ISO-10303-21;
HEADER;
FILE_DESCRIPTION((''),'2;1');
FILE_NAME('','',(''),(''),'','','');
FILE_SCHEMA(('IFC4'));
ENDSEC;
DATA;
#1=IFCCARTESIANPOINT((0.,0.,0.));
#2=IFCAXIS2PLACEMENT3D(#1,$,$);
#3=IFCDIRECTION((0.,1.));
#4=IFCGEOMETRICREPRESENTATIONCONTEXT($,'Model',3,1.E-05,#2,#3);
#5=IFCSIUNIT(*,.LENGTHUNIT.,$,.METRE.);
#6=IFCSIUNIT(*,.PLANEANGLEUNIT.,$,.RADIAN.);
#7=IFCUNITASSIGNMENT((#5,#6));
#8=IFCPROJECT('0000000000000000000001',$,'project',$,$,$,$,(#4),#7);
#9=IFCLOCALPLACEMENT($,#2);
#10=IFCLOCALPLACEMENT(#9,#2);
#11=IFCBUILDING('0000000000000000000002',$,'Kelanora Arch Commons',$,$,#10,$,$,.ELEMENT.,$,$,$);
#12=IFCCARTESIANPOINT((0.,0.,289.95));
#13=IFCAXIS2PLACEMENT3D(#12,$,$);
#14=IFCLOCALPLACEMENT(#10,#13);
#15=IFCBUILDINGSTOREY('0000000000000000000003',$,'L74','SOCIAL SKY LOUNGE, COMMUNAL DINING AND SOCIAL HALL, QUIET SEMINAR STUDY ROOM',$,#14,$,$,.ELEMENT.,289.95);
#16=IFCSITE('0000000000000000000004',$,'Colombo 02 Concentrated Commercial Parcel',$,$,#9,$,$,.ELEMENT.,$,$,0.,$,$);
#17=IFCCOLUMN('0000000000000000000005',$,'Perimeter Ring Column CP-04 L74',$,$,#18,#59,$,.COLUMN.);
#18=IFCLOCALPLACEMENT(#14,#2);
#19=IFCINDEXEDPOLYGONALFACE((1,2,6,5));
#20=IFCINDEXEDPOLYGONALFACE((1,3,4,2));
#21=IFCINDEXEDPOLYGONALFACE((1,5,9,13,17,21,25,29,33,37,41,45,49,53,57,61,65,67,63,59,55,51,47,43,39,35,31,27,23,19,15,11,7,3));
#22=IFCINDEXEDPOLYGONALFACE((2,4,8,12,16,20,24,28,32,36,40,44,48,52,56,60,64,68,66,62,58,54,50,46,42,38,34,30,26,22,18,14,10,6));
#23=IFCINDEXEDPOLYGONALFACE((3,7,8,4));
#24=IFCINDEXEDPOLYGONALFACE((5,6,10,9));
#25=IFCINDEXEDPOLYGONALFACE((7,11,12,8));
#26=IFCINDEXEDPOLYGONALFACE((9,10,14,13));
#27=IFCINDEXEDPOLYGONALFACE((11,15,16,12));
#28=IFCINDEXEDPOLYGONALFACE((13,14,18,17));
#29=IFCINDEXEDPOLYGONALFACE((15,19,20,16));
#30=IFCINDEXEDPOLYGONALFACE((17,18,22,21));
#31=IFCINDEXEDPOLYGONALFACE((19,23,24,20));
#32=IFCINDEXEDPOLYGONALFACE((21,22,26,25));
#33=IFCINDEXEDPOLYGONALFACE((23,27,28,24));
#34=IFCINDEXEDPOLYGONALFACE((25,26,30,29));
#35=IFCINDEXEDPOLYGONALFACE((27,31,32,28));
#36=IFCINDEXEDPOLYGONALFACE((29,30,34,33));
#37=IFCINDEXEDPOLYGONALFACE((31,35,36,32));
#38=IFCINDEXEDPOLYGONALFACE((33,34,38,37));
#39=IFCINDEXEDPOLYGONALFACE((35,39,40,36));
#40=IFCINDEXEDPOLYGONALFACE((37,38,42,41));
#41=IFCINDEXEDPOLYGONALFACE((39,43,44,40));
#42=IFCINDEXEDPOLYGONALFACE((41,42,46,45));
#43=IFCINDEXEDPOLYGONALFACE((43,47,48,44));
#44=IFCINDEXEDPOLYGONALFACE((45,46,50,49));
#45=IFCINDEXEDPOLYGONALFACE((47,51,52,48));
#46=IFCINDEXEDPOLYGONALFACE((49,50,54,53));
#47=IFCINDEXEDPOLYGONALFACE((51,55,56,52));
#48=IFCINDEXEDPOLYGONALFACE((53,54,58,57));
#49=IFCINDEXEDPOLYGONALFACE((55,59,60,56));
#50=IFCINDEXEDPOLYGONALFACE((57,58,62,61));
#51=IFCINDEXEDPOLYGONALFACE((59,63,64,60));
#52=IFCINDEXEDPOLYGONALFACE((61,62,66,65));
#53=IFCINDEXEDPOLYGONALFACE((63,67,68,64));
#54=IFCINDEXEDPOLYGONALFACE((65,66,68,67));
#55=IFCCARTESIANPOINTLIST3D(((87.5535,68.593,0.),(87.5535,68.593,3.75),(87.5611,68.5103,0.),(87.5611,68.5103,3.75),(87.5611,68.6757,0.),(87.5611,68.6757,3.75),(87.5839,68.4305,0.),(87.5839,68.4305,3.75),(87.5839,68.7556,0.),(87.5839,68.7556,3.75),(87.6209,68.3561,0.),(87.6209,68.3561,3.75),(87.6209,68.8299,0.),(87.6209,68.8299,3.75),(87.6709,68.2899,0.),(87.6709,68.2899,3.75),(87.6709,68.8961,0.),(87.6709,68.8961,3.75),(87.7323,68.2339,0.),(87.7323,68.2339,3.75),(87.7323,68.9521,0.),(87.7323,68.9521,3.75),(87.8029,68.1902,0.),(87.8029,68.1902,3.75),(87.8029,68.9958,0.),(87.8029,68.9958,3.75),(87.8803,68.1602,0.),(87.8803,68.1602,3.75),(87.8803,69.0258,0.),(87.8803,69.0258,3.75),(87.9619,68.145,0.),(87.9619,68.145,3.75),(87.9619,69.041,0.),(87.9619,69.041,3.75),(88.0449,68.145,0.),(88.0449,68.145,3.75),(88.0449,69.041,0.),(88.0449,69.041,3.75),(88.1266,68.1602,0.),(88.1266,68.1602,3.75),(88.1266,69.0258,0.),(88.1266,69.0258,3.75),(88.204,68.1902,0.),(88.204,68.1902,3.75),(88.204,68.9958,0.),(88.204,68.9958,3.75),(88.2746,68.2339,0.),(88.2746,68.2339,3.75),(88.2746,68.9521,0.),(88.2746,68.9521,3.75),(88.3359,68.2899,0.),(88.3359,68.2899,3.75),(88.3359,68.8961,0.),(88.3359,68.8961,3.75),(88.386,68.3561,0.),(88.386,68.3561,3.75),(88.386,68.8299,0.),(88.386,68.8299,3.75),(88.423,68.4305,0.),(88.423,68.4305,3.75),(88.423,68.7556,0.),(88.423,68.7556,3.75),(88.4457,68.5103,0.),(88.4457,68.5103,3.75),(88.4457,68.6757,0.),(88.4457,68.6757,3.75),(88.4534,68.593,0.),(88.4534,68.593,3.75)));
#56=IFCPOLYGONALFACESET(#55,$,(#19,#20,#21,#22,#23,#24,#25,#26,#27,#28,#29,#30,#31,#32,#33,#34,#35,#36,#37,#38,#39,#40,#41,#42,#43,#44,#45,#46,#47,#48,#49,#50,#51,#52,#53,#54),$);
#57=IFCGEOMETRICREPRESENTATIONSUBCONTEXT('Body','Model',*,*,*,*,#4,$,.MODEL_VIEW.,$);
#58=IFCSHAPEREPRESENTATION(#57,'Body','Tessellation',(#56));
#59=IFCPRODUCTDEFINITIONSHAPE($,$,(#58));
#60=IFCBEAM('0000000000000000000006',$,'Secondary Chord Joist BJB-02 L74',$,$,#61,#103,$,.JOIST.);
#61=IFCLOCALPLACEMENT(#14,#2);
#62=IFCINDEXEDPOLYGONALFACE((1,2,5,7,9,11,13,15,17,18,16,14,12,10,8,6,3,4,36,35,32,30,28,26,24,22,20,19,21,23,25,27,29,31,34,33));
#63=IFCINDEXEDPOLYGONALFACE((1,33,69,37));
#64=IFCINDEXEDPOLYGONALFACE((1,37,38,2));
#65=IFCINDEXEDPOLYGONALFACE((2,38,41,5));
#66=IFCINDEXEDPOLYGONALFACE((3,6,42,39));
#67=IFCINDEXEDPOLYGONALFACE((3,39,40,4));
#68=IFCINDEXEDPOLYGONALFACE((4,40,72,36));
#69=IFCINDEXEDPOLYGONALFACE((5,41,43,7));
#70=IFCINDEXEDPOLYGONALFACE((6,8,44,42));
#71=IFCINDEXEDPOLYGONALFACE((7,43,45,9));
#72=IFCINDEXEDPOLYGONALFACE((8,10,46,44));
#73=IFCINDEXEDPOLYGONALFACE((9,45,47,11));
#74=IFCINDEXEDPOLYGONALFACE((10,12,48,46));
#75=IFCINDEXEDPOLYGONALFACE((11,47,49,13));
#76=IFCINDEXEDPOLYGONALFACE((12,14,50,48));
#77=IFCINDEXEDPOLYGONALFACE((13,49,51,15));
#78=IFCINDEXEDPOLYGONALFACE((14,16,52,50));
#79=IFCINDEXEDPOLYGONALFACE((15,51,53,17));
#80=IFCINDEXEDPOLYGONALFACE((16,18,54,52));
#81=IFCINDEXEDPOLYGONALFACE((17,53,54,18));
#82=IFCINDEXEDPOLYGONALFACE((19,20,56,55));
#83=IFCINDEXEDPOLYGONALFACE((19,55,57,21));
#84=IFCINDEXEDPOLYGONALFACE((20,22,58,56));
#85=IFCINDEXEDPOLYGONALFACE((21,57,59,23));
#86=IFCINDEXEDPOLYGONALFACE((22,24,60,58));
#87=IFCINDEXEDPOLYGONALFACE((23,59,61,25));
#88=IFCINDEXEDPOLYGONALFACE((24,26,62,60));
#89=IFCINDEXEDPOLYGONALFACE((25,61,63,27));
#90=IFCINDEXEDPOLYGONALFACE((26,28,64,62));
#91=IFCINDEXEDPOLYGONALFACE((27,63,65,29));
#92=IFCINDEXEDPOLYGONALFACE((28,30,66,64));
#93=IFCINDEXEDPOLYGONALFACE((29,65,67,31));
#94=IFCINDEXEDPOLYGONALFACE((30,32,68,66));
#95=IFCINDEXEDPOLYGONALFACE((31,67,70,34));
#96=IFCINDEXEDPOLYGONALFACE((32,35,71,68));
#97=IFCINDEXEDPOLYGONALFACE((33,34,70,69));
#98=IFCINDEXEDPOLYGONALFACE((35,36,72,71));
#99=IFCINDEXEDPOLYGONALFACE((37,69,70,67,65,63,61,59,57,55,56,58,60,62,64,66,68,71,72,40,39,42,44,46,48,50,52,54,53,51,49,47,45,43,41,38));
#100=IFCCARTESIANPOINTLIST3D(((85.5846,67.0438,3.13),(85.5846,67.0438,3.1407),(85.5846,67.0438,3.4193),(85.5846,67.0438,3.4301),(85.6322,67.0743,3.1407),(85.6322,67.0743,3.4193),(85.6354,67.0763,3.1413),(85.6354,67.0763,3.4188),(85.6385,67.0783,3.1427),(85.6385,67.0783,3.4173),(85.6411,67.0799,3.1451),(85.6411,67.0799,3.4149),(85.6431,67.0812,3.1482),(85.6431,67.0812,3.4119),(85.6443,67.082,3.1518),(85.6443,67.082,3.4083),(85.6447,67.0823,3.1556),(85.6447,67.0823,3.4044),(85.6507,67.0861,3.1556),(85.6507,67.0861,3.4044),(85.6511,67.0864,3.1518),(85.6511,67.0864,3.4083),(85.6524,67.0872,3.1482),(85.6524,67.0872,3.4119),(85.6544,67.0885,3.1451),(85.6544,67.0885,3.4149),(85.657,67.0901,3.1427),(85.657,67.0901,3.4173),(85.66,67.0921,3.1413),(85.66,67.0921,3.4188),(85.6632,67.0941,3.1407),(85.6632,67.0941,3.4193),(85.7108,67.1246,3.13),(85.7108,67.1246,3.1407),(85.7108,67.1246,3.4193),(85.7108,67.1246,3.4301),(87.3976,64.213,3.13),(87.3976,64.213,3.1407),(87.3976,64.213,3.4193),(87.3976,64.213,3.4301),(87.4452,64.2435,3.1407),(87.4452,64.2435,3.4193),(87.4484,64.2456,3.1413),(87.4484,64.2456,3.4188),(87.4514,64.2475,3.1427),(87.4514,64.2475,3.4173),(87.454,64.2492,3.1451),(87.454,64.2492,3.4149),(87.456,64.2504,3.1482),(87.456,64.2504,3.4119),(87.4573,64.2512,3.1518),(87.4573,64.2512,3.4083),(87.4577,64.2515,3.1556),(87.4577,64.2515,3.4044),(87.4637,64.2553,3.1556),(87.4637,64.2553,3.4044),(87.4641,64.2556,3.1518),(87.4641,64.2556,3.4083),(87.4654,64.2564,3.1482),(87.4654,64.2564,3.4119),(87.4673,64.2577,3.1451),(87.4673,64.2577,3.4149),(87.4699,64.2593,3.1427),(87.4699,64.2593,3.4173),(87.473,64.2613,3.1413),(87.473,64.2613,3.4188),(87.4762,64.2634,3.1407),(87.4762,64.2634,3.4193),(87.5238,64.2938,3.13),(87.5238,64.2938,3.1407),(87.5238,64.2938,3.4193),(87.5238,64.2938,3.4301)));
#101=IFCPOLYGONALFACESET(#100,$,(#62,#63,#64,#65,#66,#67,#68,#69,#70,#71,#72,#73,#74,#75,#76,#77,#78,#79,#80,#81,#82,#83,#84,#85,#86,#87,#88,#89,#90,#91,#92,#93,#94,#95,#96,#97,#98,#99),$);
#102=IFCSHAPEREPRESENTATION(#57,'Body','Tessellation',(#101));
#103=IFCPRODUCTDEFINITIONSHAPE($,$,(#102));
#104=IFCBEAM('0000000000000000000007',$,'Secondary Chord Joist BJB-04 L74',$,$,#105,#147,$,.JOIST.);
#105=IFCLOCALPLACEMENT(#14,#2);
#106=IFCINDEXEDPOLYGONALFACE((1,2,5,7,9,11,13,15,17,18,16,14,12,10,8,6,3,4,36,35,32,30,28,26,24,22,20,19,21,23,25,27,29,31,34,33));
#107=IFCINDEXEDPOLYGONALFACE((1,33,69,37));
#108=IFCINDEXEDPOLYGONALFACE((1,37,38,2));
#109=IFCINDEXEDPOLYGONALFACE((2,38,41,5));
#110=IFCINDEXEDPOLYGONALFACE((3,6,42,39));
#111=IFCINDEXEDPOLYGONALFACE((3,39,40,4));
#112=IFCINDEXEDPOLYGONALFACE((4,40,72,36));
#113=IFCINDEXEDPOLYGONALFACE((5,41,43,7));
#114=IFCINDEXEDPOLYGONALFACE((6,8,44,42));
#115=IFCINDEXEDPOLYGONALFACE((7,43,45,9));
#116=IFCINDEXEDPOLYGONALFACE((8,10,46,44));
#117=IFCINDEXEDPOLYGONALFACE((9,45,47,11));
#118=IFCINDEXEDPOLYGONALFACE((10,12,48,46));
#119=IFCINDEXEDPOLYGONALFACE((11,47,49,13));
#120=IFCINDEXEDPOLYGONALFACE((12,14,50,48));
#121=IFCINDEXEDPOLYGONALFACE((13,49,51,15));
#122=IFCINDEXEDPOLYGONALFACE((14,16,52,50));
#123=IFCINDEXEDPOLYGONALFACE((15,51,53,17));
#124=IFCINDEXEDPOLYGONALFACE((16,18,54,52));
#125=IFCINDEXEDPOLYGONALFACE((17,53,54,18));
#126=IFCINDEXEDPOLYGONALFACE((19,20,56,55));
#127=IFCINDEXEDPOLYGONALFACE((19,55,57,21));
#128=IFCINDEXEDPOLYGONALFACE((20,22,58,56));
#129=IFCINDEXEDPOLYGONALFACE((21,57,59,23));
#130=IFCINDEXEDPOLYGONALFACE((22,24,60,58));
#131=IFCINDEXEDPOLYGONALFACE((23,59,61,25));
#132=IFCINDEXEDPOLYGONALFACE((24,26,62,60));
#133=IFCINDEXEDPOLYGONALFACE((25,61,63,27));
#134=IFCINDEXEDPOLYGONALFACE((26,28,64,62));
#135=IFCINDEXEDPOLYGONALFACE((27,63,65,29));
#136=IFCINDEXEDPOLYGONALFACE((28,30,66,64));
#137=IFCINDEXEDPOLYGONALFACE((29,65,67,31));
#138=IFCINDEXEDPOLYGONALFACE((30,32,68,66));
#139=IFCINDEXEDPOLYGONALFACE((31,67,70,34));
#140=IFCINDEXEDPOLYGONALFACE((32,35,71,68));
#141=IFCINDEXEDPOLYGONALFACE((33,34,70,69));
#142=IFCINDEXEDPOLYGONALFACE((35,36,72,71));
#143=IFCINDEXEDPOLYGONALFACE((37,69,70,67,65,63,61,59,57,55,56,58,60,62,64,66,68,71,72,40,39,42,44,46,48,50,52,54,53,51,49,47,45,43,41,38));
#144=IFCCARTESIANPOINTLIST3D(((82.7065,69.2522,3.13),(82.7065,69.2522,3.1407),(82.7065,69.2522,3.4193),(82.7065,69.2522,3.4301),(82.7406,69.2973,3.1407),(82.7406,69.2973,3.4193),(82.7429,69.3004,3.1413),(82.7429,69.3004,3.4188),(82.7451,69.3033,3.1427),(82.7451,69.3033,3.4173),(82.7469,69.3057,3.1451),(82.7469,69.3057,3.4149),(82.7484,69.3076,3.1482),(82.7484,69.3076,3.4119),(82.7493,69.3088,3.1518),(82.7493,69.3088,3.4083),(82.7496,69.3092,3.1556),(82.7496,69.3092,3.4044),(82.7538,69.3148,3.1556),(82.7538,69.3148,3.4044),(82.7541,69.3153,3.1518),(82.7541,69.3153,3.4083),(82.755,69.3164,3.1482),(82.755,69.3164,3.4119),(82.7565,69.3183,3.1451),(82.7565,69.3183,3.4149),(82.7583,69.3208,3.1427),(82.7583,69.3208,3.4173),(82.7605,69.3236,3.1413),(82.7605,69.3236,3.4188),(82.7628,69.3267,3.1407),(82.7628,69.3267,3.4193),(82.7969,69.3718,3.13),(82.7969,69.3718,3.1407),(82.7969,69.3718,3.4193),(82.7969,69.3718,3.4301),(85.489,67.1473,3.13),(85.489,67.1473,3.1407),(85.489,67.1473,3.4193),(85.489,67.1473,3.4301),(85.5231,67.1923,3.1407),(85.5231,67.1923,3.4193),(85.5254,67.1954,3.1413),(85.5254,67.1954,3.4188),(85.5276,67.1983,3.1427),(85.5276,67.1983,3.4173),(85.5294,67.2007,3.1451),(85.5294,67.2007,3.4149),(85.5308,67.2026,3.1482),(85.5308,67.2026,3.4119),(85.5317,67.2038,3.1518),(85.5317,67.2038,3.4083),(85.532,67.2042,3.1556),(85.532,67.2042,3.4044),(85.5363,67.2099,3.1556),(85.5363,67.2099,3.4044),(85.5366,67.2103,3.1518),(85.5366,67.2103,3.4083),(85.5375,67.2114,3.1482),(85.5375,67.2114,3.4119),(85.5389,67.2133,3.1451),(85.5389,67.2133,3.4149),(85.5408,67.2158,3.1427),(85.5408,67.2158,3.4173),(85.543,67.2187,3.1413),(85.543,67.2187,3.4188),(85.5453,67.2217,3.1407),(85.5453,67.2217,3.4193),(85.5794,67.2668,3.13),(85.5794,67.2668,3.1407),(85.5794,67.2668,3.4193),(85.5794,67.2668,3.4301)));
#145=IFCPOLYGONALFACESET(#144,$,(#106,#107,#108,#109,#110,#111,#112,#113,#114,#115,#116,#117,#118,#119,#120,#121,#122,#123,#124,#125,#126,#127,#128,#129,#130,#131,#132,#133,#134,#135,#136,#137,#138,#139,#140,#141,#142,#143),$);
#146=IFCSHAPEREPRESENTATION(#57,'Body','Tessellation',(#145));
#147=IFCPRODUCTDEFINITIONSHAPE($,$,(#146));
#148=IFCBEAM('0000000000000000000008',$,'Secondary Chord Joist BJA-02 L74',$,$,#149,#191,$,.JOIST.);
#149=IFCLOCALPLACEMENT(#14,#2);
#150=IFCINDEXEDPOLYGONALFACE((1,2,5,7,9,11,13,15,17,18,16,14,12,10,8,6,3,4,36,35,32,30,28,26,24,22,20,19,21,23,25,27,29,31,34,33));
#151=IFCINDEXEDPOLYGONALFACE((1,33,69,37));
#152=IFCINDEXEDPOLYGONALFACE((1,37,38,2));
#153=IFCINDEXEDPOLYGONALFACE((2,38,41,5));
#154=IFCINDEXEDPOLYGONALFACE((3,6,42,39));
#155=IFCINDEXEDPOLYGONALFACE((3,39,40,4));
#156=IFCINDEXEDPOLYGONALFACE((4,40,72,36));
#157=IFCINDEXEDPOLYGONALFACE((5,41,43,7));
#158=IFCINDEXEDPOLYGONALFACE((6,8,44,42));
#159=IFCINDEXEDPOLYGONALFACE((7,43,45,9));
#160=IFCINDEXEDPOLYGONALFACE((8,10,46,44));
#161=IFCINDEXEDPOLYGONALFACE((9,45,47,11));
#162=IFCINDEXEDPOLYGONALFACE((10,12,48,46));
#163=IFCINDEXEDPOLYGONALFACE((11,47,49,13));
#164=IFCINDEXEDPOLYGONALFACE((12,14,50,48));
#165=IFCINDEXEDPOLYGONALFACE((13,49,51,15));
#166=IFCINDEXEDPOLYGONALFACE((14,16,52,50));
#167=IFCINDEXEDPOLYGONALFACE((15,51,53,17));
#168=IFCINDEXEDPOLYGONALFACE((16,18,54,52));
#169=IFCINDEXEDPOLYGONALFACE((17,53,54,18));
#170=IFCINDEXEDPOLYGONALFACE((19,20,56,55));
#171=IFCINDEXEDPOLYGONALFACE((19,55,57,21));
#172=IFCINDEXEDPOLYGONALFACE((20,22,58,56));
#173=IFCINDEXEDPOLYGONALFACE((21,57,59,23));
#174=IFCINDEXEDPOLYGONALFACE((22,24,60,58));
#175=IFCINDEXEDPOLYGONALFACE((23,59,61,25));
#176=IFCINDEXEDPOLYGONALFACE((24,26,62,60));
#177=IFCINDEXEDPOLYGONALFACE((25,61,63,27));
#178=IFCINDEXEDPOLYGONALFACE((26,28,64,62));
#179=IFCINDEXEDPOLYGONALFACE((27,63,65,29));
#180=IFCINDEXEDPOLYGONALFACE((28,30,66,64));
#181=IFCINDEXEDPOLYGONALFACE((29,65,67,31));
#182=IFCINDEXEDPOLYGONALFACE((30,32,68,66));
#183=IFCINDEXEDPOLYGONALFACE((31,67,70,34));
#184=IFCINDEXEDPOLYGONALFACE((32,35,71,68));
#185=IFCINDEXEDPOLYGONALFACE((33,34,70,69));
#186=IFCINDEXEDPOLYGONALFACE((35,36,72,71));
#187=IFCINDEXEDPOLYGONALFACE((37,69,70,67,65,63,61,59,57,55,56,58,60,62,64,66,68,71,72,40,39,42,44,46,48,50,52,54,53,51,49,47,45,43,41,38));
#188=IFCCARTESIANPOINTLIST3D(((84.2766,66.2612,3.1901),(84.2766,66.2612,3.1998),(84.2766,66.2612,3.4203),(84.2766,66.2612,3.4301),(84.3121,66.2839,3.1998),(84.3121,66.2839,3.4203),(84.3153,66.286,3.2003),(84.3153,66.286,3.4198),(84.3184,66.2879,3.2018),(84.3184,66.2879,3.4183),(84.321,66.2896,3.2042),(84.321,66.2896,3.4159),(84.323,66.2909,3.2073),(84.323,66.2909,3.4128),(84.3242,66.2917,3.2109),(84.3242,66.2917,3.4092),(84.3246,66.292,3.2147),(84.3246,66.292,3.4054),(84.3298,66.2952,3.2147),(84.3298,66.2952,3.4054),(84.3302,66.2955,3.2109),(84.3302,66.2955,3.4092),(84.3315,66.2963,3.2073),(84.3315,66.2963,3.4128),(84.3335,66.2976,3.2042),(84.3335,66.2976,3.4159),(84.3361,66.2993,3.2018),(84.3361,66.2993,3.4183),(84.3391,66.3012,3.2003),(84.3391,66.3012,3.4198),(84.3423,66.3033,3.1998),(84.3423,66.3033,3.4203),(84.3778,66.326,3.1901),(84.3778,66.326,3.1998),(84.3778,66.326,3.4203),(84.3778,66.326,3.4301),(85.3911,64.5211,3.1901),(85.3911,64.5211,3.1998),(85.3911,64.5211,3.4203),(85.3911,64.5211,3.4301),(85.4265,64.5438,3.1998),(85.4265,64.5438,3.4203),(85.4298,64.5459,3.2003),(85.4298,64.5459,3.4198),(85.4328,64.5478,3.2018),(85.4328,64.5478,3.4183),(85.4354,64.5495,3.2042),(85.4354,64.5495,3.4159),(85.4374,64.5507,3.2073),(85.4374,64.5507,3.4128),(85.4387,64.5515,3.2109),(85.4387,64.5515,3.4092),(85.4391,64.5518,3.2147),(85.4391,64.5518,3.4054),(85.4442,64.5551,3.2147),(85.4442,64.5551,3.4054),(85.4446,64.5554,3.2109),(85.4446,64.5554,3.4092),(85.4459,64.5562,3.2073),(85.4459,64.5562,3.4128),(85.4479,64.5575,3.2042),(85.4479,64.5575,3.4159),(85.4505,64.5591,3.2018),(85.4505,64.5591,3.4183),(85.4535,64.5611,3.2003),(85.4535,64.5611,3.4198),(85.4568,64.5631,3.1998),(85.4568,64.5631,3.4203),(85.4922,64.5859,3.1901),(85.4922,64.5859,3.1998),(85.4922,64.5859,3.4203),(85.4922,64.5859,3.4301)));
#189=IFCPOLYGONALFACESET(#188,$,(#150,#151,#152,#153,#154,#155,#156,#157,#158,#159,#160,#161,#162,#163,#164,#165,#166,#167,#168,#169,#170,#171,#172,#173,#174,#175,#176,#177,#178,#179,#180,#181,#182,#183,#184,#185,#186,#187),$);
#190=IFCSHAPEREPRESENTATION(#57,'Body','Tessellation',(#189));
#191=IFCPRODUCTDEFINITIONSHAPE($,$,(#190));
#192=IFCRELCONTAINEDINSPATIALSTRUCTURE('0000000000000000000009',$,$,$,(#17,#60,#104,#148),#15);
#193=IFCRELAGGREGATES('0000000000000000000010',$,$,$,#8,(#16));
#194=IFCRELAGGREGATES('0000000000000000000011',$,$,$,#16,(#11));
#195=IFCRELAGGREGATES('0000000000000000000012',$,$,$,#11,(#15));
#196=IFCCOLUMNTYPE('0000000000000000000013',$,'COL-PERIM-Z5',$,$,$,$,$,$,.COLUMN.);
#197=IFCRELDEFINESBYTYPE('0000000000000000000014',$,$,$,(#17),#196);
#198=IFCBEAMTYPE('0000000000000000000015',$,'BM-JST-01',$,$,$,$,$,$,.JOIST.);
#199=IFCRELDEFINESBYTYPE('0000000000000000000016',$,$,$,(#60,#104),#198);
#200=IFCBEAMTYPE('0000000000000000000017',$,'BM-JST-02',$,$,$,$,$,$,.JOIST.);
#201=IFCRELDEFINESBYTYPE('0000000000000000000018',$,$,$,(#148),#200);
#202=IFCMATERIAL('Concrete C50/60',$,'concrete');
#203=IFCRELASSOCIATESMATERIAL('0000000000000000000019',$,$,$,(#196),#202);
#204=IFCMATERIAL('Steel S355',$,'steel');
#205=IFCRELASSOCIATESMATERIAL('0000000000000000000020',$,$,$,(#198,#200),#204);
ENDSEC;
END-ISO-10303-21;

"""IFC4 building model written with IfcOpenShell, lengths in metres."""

from ifc_helpers import new_model, si_unit, direction, frame, origin, origin_2d, place, context, subcontext, project, spatial, circle, i_section, extrude, material, material_profile, profile_set, type_object, element, save


model = new_model("IFC4")

# Units and contexts
model_context = context("Model", 3, precision=1e-05, world=origin(), true_north=direction((0.0, 1.0)))
body_context = subcontext(model_context, "Body", "Model", "MODEL_VIEW")
ifc_project = project(units=[si_unit("LENGTHUNIT", "METRE"), si_unit("PLANEANGLEUNIT", "RADIAN")], contexts=[model_context])

# Site, building, storey
site_placement = place(None, origin())
site = spatial("IfcSite", under=ifc_project, at=site_placement, Name="Colombo 02 Concentrated Commercial Parcel", CompositionType="ELEMENT", RefElevation=0.0)
building_placement = place(site_placement, origin())
building = spatial("IfcBuilding", under=site, at=building_placement, Name="Kelanora Arch Commons", CompositionType="ELEMENT")
storey_placement = place(building_placement, frame((0.0, 0.0, 289.95)))
storey = spatial("IfcBuildingStorey", under=building, at=storey_placement, Name="L74", Description="SOCIAL SKY LOUNGE, COMMUNAL DINING AND SOCIAL HALL, QUIET SEMINAR STUDY ROOM", CompositionType="ELEMENT", Elevation=289.95)

# Column
ifc_material_1 = material(Name="Concrete C50/60", Category="concrete")
ifc_material_profile_1 = material_profile(ifc_material_1, circle(Radius=0.45, at=origin_2d()), Name="RCC900")
ifc_profile_set_1 = profile_set([ifc_material_profile_1], Name="Concrete C50/60")
column_type = type_object("IfcColumnType", Name="COL-PERIM-Z5", PredefinedType="COLUMN", material=ifc_profile_set_1)
column_placement = place(storey_placement, frame((88.0034, 68.593, 0.0), z_axis=(0.0, 0.0, 1.0), x_axis=(1.0, 0.0, 0.0)))
element("IfcColumn", 1, at=column_placement, inside=storey, type_object=column_type, Name="Perimeter Ring Column CP-04 L74", PredefinedType="COLUMN", context=body_context, shape_type="SweptSolid", body=[
    extrude(circle(Radius=0.45, at=origin_2d()), origin(), (0.0, 0.0, 1.0), 3.75),
])

# Beams
ifc_material_2 = material(Name="Steel S355", Category="steel")
ifc_material_profile_2 = material_profile(ifc_material_2, i_section(OverallWidth=0.1499, OverallDepth=0.3, WebThickness=0.0071, FlangeThickness=0.0107, FilletRadius=0.0149, at=origin_2d()), Name="IPE300")
ifc_profile_set_2 = profile_set([ifc_material_profile_2], Name="Steel S355")
beam_type_1 = type_object("IfcBeamType", Name="BM-JST-01", PredefinedType="JOIST", material=ifc_profile_set_2)
beam_1_placement = place(storey_placement, frame((87.4607, 64.2534, 3.28), z_axis=(-0.539322, 0.8421, 0.0), x_axis=(-0.8421, -0.539322, 0.0)))
element("IfcBeam", 2, at=beam_1_placement, inside=storey, type_object=beam_type_1, Name="Secondary Chord Joist BJB-02 L74", PredefinedType="JOIST", context=body_context, shape_type="SweptSolid", body=[
    extrude(i_section(OverallWidth=0.1499, OverallDepth=0.3, WebThickness=0.0071, FlangeThickness=0.0107, FilletRadius=0.0149, at=origin_2d()), origin(), (0.0, 0.0, 1.0), 3.3616),
])
beam_2_placement = place(storey_placement, frame((85.5342, 67.207, 3.28), z_axis=(-0.797499, 0.60332, 0.0), x_axis=(-0.60332, -0.797499, 0.0)))
element("IfcBeam", 3, at=beam_2_placement, inside=storey, type_object=beam_type_1, Name="Secondary Chord Joist BJB-04 L74", PredefinedType="JOIST", context=body_context, shape_type="SweptSolid", body=[
    extrude(i_section(OverallWidth=0.1499, OverallDepth=0.3, WebThickness=0.0071, FlangeThickness=0.0107, FilletRadius=0.0149, at=origin_2d()), origin(), (0.0, 0.0, 1.0), 3.489),
])
ifc_material_profile_3 = material_profile(ifc_material_2, i_section(OverallWidth=0.1201, OverallDepth=0.24, WebThickness=0.0061, FlangeThickness=0.0098, FilletRadius=0.0149, at=origin_2d()), Name="IPE240")
ifc_profile_set_3 = profile_set([ifc_material_profile_3], Name="Steel S355")
beam_type_2 = type_object("IfcBeamType", Name="BM-JST-02", PredefinedType="JOIST", material=ifc_profile_set_3)
beam_3_placement = place(storey_placement, frame((85.4417, 64.5535, 3.3101), z_axis=(-0.539312, 0.842106, 0.0), x_axis=(-0.842106, -0.539312, 0.0)))
element("IfcBeam", 4, at=beam_3_placement, inside=storey, type_object=beam_type_2, Name="Secondary Chord Joist BJA-02 L74", PredefinedType="JOIST", context=body_context, shape_type="SweptSolid", body=[
    extrude(i_section(OverallWidth=0.1201, OverallDepth=0.24, WebThickness=0.0061, FlangeThickness=0.0098, FilletRadius=0.0149, at=origin_2d()), origin(), (0.0, 0.0, 1.0), 2.0664),
])

save(model, "model.ifc")
